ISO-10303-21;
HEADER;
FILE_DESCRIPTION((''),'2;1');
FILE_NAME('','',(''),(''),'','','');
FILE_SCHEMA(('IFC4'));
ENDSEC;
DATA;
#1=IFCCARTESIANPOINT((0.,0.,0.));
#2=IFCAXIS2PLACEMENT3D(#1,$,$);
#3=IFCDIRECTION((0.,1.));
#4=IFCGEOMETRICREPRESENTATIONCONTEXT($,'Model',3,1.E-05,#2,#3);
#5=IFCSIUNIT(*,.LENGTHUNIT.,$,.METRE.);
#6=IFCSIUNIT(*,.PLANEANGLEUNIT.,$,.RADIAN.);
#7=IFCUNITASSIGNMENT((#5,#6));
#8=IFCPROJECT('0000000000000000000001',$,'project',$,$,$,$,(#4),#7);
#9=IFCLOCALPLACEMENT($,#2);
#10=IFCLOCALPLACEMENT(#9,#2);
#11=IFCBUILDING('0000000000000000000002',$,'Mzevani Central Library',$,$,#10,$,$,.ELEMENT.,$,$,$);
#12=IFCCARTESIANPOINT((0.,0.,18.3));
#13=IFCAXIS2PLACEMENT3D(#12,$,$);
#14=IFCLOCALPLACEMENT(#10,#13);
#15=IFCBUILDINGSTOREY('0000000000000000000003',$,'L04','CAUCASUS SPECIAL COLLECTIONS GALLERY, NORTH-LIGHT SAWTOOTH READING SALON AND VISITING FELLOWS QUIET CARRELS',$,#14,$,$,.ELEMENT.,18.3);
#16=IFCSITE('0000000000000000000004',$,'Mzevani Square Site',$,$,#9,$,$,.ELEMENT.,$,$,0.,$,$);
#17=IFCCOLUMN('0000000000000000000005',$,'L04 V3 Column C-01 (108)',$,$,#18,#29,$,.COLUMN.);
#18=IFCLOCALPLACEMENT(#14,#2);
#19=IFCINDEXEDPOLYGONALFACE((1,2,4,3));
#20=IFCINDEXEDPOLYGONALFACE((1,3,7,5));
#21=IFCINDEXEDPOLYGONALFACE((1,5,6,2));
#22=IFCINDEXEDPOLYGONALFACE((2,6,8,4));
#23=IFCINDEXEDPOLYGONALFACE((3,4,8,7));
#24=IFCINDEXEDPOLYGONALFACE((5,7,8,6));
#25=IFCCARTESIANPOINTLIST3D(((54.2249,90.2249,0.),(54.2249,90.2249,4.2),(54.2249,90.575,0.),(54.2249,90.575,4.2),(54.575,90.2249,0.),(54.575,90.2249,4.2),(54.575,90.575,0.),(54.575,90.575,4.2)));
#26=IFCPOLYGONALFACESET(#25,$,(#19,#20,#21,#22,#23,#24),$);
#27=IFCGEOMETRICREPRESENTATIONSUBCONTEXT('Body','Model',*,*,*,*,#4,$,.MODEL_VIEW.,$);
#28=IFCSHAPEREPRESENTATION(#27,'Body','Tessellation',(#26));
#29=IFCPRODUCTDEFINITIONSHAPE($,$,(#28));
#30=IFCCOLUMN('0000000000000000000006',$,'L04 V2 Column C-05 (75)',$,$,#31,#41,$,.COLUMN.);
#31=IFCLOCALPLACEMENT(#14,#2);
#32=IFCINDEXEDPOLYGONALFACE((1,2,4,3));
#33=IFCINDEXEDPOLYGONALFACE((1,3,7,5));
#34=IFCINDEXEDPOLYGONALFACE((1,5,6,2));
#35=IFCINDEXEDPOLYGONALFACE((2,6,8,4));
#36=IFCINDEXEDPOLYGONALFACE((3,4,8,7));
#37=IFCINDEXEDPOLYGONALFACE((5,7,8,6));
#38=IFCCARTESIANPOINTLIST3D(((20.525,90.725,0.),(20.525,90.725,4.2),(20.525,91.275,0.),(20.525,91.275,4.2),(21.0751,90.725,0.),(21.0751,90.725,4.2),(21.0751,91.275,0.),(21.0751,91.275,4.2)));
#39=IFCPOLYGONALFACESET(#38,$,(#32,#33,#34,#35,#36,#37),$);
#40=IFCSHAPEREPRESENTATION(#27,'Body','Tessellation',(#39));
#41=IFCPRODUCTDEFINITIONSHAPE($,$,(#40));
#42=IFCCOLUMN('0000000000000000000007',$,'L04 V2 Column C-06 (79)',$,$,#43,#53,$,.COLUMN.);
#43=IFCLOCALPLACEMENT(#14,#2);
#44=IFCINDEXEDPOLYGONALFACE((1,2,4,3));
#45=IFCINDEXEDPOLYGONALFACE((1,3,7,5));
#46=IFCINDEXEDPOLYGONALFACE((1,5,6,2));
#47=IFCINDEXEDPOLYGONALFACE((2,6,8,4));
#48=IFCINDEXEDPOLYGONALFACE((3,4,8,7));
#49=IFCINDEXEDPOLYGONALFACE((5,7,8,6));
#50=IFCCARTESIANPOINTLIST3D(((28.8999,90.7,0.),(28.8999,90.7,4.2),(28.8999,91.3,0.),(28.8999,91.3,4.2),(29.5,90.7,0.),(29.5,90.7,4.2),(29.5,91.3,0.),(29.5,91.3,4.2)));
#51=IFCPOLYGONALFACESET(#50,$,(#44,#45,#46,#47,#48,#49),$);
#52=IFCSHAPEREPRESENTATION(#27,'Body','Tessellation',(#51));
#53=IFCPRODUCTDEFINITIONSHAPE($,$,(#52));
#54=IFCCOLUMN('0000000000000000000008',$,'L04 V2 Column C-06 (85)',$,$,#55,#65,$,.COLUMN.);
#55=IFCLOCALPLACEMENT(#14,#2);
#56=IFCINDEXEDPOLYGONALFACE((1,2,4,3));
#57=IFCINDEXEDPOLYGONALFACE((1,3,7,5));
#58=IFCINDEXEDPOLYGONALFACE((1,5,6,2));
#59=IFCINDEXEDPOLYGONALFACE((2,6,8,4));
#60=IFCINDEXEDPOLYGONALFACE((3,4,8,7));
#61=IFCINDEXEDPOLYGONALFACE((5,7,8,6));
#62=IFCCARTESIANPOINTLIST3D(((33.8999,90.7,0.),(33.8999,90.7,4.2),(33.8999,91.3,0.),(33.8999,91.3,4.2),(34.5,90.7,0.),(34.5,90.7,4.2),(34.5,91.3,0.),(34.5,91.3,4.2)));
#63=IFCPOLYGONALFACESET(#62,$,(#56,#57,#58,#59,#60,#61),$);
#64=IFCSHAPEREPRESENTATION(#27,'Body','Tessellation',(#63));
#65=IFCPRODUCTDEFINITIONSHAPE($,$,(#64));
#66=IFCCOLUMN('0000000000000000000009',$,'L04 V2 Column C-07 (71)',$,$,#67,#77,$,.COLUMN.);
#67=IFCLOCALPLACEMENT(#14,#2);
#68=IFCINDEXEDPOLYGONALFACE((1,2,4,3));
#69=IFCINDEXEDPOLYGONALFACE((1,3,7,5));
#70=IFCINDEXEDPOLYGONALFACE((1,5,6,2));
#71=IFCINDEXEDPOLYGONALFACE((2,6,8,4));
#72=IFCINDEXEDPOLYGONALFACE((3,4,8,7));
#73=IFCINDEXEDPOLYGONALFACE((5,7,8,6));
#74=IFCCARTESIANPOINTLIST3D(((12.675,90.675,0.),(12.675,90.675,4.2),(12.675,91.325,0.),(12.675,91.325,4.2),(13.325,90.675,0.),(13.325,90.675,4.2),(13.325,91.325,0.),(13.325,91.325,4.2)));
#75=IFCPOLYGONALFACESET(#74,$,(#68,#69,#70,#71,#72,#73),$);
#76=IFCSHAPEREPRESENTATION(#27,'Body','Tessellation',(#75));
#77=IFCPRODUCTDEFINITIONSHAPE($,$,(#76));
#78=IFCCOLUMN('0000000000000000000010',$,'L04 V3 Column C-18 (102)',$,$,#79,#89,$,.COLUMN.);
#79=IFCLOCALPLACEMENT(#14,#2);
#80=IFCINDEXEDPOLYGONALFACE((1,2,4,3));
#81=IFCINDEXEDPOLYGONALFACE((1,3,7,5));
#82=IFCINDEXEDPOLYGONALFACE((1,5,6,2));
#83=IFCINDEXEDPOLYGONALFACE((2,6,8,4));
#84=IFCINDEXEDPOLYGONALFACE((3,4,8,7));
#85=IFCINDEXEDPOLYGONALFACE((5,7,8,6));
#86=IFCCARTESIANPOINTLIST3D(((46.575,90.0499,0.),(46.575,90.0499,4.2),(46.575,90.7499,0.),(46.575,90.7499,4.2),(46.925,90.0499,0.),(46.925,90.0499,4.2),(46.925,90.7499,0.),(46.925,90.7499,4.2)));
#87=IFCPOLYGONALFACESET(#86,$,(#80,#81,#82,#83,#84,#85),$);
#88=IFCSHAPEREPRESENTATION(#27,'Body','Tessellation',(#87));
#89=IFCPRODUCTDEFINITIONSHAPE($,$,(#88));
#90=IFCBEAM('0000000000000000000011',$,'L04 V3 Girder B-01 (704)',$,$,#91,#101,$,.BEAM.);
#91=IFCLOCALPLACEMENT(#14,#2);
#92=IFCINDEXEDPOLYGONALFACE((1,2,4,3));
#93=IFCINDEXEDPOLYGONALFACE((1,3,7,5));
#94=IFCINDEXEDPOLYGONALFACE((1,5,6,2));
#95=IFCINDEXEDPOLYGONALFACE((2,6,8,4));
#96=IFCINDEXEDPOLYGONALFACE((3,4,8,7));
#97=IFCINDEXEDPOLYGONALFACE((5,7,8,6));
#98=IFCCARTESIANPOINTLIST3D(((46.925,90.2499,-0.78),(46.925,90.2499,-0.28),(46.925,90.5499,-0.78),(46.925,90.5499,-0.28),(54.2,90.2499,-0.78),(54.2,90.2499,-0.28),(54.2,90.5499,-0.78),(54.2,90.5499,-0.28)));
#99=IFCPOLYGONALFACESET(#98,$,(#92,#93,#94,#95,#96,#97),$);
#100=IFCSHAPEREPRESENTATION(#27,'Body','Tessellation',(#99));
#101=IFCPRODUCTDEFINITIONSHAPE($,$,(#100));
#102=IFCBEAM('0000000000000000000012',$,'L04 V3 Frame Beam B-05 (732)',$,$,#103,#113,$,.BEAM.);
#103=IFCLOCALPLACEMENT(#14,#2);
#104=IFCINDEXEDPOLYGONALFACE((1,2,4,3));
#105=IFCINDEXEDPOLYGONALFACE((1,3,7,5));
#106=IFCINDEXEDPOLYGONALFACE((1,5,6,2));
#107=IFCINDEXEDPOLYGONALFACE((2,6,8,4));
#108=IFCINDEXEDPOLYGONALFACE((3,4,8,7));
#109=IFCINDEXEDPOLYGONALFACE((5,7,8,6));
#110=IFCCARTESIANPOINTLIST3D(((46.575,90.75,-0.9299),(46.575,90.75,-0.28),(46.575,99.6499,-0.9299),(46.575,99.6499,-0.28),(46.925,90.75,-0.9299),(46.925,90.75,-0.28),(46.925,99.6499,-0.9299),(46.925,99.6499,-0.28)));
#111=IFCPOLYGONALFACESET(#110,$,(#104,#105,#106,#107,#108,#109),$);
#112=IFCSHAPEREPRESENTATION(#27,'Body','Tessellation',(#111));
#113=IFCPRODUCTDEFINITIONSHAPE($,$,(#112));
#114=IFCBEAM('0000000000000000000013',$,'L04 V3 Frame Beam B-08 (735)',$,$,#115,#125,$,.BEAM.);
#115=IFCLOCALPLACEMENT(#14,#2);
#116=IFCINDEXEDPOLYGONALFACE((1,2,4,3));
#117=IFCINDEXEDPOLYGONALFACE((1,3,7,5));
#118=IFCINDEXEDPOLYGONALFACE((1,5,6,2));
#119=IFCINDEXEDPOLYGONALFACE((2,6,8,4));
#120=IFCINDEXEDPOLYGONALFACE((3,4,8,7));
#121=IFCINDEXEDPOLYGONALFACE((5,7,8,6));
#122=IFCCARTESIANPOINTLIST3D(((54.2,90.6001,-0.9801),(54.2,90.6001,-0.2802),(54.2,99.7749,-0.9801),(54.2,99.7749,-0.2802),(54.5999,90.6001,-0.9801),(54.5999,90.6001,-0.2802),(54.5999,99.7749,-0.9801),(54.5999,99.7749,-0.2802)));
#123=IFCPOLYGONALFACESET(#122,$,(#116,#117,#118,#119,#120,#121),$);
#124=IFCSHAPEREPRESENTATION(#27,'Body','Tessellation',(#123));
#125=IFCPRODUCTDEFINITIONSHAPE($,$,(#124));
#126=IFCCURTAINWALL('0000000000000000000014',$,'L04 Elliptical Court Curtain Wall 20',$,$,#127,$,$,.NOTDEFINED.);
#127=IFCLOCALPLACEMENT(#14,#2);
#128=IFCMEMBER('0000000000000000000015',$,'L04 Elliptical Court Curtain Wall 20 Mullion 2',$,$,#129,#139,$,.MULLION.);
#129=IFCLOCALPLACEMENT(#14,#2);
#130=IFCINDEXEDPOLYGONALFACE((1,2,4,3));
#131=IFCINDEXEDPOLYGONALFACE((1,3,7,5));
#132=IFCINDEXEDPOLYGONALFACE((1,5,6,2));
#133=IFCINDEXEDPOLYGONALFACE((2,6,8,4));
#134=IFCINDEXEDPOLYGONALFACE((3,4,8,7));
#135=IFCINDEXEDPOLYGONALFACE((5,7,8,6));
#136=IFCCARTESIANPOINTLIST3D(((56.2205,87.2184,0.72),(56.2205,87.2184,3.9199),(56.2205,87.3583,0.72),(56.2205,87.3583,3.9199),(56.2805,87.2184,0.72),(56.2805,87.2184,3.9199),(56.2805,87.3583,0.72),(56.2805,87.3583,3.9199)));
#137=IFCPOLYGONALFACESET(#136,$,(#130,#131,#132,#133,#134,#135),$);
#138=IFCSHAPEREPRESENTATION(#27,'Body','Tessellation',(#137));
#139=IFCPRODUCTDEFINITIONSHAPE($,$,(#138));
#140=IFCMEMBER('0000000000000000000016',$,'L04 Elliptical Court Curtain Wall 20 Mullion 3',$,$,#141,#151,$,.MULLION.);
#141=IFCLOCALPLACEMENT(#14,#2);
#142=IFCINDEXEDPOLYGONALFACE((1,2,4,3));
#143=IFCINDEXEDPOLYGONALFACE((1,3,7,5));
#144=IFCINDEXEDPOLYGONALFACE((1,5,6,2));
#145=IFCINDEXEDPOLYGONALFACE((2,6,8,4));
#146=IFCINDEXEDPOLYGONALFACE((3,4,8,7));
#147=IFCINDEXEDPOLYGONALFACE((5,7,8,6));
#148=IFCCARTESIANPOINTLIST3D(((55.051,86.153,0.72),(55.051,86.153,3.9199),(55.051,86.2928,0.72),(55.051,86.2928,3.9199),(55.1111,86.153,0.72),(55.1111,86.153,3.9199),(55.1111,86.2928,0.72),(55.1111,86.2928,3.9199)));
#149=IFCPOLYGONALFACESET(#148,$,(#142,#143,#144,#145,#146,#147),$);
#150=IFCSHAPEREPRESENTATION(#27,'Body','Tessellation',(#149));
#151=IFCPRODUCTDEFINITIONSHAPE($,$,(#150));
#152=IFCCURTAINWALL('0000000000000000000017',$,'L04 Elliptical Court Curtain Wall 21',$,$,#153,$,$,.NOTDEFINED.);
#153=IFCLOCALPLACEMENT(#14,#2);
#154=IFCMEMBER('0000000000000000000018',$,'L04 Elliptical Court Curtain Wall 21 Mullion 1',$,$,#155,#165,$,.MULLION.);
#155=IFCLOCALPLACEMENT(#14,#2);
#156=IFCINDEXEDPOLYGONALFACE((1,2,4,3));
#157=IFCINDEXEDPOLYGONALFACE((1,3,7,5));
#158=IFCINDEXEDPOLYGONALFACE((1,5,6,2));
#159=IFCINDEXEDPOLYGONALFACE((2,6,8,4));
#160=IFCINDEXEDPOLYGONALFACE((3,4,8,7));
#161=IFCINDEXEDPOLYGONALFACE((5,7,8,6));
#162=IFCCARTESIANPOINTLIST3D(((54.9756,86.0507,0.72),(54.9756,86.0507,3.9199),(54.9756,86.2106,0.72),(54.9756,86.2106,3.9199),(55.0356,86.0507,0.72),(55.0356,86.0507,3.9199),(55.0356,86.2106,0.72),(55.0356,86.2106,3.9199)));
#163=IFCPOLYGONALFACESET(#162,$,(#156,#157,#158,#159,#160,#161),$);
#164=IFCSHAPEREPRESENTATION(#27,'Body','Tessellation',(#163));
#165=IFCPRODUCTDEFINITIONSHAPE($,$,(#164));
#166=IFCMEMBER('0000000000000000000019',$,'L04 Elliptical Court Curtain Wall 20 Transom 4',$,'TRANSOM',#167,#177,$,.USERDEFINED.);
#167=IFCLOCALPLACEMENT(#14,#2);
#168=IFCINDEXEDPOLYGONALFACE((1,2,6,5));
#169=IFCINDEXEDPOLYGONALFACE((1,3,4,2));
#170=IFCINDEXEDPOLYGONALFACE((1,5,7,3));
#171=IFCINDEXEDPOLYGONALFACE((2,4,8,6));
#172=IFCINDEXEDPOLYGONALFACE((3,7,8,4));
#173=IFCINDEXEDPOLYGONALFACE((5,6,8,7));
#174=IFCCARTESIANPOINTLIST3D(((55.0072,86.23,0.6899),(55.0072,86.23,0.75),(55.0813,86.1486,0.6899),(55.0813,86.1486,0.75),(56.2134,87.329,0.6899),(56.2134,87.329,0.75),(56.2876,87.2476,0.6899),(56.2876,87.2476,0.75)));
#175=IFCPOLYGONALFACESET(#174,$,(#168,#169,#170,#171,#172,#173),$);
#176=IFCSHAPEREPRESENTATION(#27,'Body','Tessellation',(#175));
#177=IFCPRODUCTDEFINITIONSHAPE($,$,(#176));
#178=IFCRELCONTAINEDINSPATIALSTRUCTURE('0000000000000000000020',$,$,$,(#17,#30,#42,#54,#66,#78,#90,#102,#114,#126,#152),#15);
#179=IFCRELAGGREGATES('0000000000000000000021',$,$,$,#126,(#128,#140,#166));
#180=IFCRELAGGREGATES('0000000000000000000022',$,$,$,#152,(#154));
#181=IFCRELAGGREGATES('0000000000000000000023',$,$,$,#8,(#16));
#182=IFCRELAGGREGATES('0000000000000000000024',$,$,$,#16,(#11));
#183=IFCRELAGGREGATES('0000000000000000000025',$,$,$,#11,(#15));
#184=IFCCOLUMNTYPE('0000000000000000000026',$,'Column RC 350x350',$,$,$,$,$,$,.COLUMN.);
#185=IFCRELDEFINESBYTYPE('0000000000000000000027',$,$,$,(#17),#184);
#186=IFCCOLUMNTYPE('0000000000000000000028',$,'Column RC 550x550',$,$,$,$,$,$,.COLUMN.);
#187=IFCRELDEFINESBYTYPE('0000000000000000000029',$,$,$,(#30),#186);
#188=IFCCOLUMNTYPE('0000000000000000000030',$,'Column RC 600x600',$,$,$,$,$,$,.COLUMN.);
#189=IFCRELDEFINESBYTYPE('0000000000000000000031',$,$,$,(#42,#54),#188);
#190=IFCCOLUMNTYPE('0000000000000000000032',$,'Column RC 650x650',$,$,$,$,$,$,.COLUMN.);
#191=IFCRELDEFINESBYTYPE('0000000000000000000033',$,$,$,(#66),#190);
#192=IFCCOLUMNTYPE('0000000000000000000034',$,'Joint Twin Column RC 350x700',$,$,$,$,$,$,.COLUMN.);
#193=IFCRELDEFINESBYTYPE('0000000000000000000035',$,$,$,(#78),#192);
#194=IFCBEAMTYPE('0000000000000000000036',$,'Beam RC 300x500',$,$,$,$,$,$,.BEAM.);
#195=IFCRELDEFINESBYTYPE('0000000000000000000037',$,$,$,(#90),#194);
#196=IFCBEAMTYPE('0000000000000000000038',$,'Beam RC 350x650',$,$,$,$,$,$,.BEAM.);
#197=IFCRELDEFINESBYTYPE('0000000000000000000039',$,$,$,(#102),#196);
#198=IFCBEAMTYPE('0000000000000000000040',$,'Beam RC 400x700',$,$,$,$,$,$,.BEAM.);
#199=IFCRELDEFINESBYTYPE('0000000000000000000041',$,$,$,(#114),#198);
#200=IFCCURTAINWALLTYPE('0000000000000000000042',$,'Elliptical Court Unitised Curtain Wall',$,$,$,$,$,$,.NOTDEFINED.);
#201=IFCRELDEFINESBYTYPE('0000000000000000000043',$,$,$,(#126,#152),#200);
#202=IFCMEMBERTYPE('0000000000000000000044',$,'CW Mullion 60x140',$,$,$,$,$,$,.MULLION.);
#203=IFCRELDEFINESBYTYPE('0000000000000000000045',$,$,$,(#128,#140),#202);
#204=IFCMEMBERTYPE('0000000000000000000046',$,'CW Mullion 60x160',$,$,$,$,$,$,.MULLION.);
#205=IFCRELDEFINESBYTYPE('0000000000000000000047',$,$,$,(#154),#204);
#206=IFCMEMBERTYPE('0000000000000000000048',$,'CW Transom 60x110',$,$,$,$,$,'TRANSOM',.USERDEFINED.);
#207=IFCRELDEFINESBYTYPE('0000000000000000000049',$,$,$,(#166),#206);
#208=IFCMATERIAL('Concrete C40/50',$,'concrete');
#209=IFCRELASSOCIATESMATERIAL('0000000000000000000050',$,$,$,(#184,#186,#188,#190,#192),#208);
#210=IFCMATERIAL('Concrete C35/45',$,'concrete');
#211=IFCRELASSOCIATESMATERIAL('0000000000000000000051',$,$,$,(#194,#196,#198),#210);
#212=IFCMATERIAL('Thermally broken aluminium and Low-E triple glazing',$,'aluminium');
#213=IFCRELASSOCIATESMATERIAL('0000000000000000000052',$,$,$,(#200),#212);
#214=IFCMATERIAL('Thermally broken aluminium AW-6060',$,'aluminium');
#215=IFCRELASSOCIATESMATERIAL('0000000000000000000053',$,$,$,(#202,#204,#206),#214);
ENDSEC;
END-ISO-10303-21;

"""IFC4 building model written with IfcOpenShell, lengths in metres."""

from ifc_helpers import new_model, si_unit, direction, frame, origin, origin_2d, place, context, subcontext, project, spatial, rectangle, extrude, material, material_profile, profile_set, type_object, element, aggregate, save


model = new_model("IFC4")

# Units and contexts
model_context = context("Model", 3, precision=1e-05, world=origin(), true_north=direction((0.0, 1.0)))
body_context = subcontext(model_context, "Body", "Model", "MODEL_VIEW")
ifc_project = project(units=[si_unit("LENGTHUNIT", "METRE"), si_unit("PLANEANGLEUNIT", "RADIAN")], contexts=[model_context])

# Site, building, storey
site_placement = place(None, origin())
site = spatial("IfcSite", under=ifc_project, at=site_placement, Name="Mzevani Square Site", CompositionType="ELEMENT", RefElevation=0.0)
building_placement = place(site_placement, origin())
building = spatial("IfcBuilding", under=site, at=building_placement, Name="Mzevani Central Library", CompositionType="ELEMENT")
storey_placement = place(building_placement, frame((0.0, 0.0, 18.3)))
storey = spatial("IfcBuildingStorey", under=building, at=storey_placement, Name="L04", Description="CAUCASUS SPECIAL COLLECTIONS GALLERY, NORTH-LIGHT SAWTOOTH READING SALON AND VISITING FELLOWS QUIET CARRELS", CompositionType="ELEMENT", Elevation=18.3)

# Columns
ifc_material_1 = material(Name="Concrete C40/50", Category="concrete")
ifc_material_profile_1 = material_profile(ifc_material_1, rectangle(XDim=0.3501, YDim=0.3501, at=origin_2d()), Name="RC 350x350")
ifc_profile_set_1 = profile_set([ifc_material_profile_1], Name="Concrete C40/50")
column_type_1 = type_object("IfcColumnType", Name="Column RC 350x350", PredefinedType="COLUMN", material=ifc_profile_set_1)
column_1_placement = place(storey_placement, frame((54.3999, 90.3999, 0.0), z_axis=(0.0, 0.0, 1.0), x_axis=(1.0, 0.0, 0.0)))
element("IfcColumn", 1, at=column_1_placement, inside=storey, type_object=column_type_1, Name="L04 V3 Column C-01 (108)", PredefinedType="COLUMN", context=body_context, shape_type="SweptSolid", body=[
    extrude(rectangle(XDim=0.3501, YDim=0.3501, at=origin_2d()), origin(), (0.0, 0.0, 1.0), 4.2),
])
ifc_material_profile_2 = material_profile(ifc_material_1, rectangle(XDim=0.55, YDim=0.55, at=origin_2d()), Name="RC 550x550")
ifc_profile_set_2 = profile_set([ifc_material_profile_2], Name="Concrete C40/50")
column_type_2 = type_object("IfcColumnType", Name="Column RC 550x550", PredefinedType="COLUMN", material=ifc_profile_set_2)
column_2_placement = place(storey_placement, frame((20.8, 91.0, 0.0), z_axis=(0.0, 0.0, 1.0), x_axis=(1.0, 0.0, 0.0)))
element("IfcColumn", 2, at=column_2_placement, inside=storey, type_object=column_type_2, Name="L04 V2 Column C-05 (75)", PredefinedType="COLUMN", context=body_context, shape_type="SweptSolid", body=[
    extrude(rectangle(XDim=0.55, YDim=0.55, at=origin_2d()), origin(), (0.0, 0.0, 1.0), 4.2),
])
ifc_material_profile_3 = material_profile(ifc_material_1, rectangle(XDim=0.6001, YDim=0.6001, at=origin_2d()), Name="RC 600x600")
ifc_profile_set_3 = profile_set([ifc_material_profile_3], Name="Concrete C40/50")
column_type_3 = type_object("IfcColumnType", Name="Column RC 600x600", PredefinedType="COLUMN", material=ifc_profile_set_3)
for number, where, z_axis, x_axis, name in (
    (3, (29.2, 91.0, 0.0), (0.0, 0.0, 1.0), (1.0, 0.0, 0.0), "L04 V2 Column C-06 (79)"),
    (4, (34.2, 91.0, 0.0), (0.0, 0.0, 1.0), (1.0, 0.0, 0.0), "L04 V2 Column C-06 (85)"),
):
    element("IfcColumn", number, at=place(storey_placement, frame(where, z_axis=z_axis, x_axis=x_axis)), inside=storey, type_object=column_type_3, Name=name, PredefinedType="COLUMN", context=body_context, shape_type="SweptSolid", body=[
        extrude(rectangle(XDim=0.6001, YDim=0.6001, at=origin_2d()), origin(), (0.0, 0.0, 1.0), 4.2),
    ])
ifc_material_profile_4 = material_profile(ifc_material_1, rectangle(XDim=0.6499, YDim=0.6499, at=origin_2d()), Name="RC 650x650")
ifc_profile_set_4 = profile_set([ifc_material_profile_4], Name="Concrete C40/50")
column_type_4 = type_object("IfcColumnType", Name="Column RC 650x650", PredefinedType="COLUMN", material=ifc_profile_set_4)
column_3_placement = place(storey_placement, frame((13.0, 91.0, 0.0), z_axis=(0.0, 0.0, 1.0), x_axis=(1.0, 0.0, 0.0)))
element("IfcColumn", 5, at=column_3_placement, inside=storey, type_object=column_type_4, Name="L04 V2 Column C-07 (71)", PredefinedType="COLUMN", context=body_context, shape_type="SweptSolid", body=[
    extrude(rectangle(XDim=0.6499, YDim=0.6499, at=origin_2d()), origin(), (0.0, 0.0, 1.0), 4.2),
])
ifc_material_profile_5 = material_profile(ifc_material_1, rectangle(XDim=0.3501, YDim=0.7, at=origin_2d()), Name="RC 350x700")
ifc_profile_set_5 = profile_set([ifc_material_profile_5], Name="Concrete C40/50")
column_type_5 = type_object("IfcColumnType", Name="Joint Twin Column RC 350x700", PredefinedType="COLUMN", material=ifc_profile_set_5)
column_4_placement = place(storey_placement, frame((46.75, 90.3999, 0.0), z_axis=(0.0, 0.0, 1.0), x_axis=(1.0, 0.0, 0.0)))
element("IfcColumn", 6, at=column_4_placement, inside=storey, type_object=column_type_5, Name="L04 V3 Column C-18 (102)", PredefinedType="COLUMN", context=body_context, shape_type="SweptSolid", body=[
    extrude(rectangle(XDim=0.3501, YDim=0.7, at=origin_2d()), origin(), (0.0, 0.0, 1.0), 4.2),
])

# Beams
ifc_material_2 = material(Name="Concrete C35/45", Category="concrete")
ifc_material_profile_6 = material_profile(ifc_material_2, rectangle(XDim=0.3, YDim=0.5, at=origin_2d()), Name="RC B300x500")
ifc_profile_set_6 = profile_set([ifc_material_profile_6], Name="Concrete C35/45")
beam_type_1 = type_object("IfcBeamType", Name="Beam RC 300x500", PredefinedType="BEAM", material=ifc_profile_set_6)
beam_1_placement = place(storey_placement, frame((46.925, 90.3999, -0.53), z_axis=(1.0, 0.0, 0.0), x_axis=(0.0, 1.0, 0.0)))
element("IfcBeam", 7, at=beam_1_placement, inside=storey, type_object=beam_type_1, Name="L04 V3 Girder B-01 (704)", PredefinedType="BEAM", context=body_context, shape_type="SweptSolid", body=[
    extrude(rectangle(XDim=0.3, YDim=0.5, at=origin_2d()), origin(), (0.0, 0.0, 1.0), 7.2749),
])
ifc_material_profile_7 = material_profile(ifc_material_2, rectangle(XDim=0.3501, YDim=0.6499, at=origin_2d()), Name="RC B350x650")
ifc_profile_set_7 = profile_set([ifc_material_profile_7], Name="Concrete C35/45")
beam_type_2 = type_object("IfcBeamType", Name="Beam RC 350x650", PredefinedType="BEAM", material=ifc_profile_set_7)
beam_2_placement = place(storey_placement, frame((46.75, 90.75, -0.605), z_axis=(0.0, 1.0, 0.0), x_axis=(-1.0, 0.0, 0.0)))
element("IfcBeam", 8, at=beam_2_placement, inside=storey, type_object=beam_type_2, Name="L04 V3 Frame Beam B-05 (732)", PredefinedType="BEAM", context=body_context, shape_type="SweptSolid", body=[
    extrude(rectangle(XDim=0.3501, YDim=0.6499, at=origin_2d()), origin(), (0.0, 0.0, 1.0), 8.8999),
])
ifc_material_profile_8 = material_profile(ifc_material_2, rectangle(XDim=0.3999, YDim=0.7, at=origin_2d()), Name="RC B400x700")
ifc_profile_set_8 = profile_set([ifc_material_profile_8], Name="Concrete C35/45")
beam_type_3 = type_object("IfcBeamType", Name="Beam RC 400x700", PredefinedType="BEAM", material=ifc_profile_set_8)
beam_3_placement = place(storey_placement, frame((54.3999, 90.6001, -0.6301), z_axis=(0.0, 1.0, 0.0), x_axis=(-1.0, 0.0, 0.0)))
element("IfcBeam", 9, at=beam_3_placement, inside=storey, type_object=beam_type_3, Name="L04 V3 Frame Beam B-08 (735)", PredefinedType="BEAM", context=body_context, shape_type="SweptSolid", body=[
    extrude(rectangle(XDim=0.3999, YDim=0.7, at=origin_2d()), origin(), (0.0, 0.0, 1.0), 9.1748),
])

# Curtain wall, members
ifc_material_3 = material(Name="Thermally broken aluminium and Low-E triple glazing", Category="aluminium")
curtain_wall_type = type_object("IfcCurtainWallType", Name="Elliptical Court Unitised Curtain Wall", PredefinedType="NOTDEFINED", material=ifc_material_3)
curtain_wall_1_placement = place(storey_placement, origin())
curtain_wall_1 = element("IfcCurtainWall", 10, at=curtain_wall_1_placement, inside=storey, type_object=curtain_wall_type, Name="L04 Elliptical Court Curtain Wall 20", PredefinedType="NOTDEFINED")
ifc_material_4 = material(Name="Thermally broken aluminium AW-6060", Category="aluminium")
ifc_material_profile_9 = material_profile(ifc_material_4, rectangle(XDim=0.0601, YDim=0.1399, at=origin_2d()), Name="ALU M60x140")
ifc_profile_set_9 = profile_set([ifc_material_profile_9], Name="Thermally broken aluminium AW-6060")
member_type_1 = type_object("IfcMemberType", Name="CW Mullion 60x140", PredefinedType="MULLION", material=ifc_profile_set_9)
member_1_placement = place(storey_placement, frame((56.2505, 87.2883, 0.72), z_axis=(0.0, 0.0, 1.0), x_axis=(1.0, 0.0, 0.0)))
member_1 = element("IfcMember", 11, at=member_1_placement, type_object=member_type_1, Name="L04 Elliptical Court Curtain Wall 20 Mullion 2", PredefinedType="MULLION", context=body_context, shape_type="SweptSolid", body=[
    extrude(rectangle(XDim=0.0601, YDim=0.1399, at=origin_2d()), origin(), (0.0, 0.0, 1.0), 3.2),
])
member_2_placement = place(storey_placement, frame((55.0811, 86.2229, 0.72), z_axis=(0.0, 0.0, 1.0), x_axis=(1.0, 0.0, 0.0)))
member_2 = element("IfcMember", 12, at=member_2_placement, type_object=member_type_1, Name="L04 Elliptical Court Curtain Wall 20 Mullion 3", PredefinedType="MULLION", context=body_context, shape_type="SweptSolid", body=[
    extrude(rectangle(XDim=0.0601, YDim=0.1399, at=origin_2d()), origin(), (0.0, 0.0, 1.0), 3.2),
])

# Curtain wall, member
curtain_wall_2_placement = place(storey_placement, origin())
curtain_wall_2 = element("IfcCurtainWall", 13, at=curtain_wall_2_placement, inside=storey, type_object=curtain_wall_type, Name="L04 Elliptical Court Curtain Wall 21", PredefinedType="NOTDEFINED")
ifc_material_profile_10 = material_profile(ifc_material_4, rectangle(XDim=0.0601, YDim=0.1599, at=origin_2d()), Name="ALU M60x160")
ifc_profile_set_10 = profile_set([ifc_material_profile_10], Name="Thermally broken aluminium AW-6060")
member_type_2 = type_object("IfcMemberType", Name="CW Mullion 60x160", PredefinedType="MULLION", material=ifc_profile_set_10)
member_3_placement = place(storey_placement, frame((55.0056, 86.1306, 0.72), z_axis=(0.0, 0.0, 1.0), x_axis=(1.0, 0.0, 0.0)))
member_3 = element("IfcMember", 14, at=member_3_placement, type_object=member_type_2, Name="L04 Elliptical Court Curtain Wall 21 Mullion 1", PredefinedType="MULLION", context=body_context, shape_type="SweptSolid", body=[
    extrude(rectangle(XDim=0.0601, YDim=0.1599, at=origin_2d()), origin(), (0.0, 0.0, 1.0), 3.2),
])

# Member
ifc_material_profile_11 = material_profile(ifc_material_4, rectangle(XDim=0.1101, YDim=0.0601, at=origin_2d()), Name="ALU T60x110")
ifc_profile_set_11 = profile_set([ifc_material_profile_11], Name="Thermally broken aluminium AW-6060")
member_type_3 = type_object("IfcMemberType", Name="CW Transom 60x110", ElementType="TRANSOM", PredefinedType="USERDEFINED", material=ifc_profile_set_11)
member_4_placement = place(storey_placement, frame((56.2505, 87.2883, 0.72), z_axis=(-0.739181, -0.673506, 0.0), x_axis=(0.673506, -0.739181, 0.0)))
member_4 = element("IfcMember", 15, at=member_4_placement, type_object=member_type_3, Name="L04 Elliptical Court Curtain Wall 20 Transom 4", ObjectType="TRANSOM", PredefinedType="USERDEFINED", context=body_context, shape_type="SweptSolid", body=[
    extrude(rectangle(XDim=0.1101, YDim=0.0601, at=origin_2d()), origin(), (0.0, 0.0, 1.0), 1.6318),
])

aggregate(curtain_wall_1, [member_1, member_2, member_4])
aggregate(curtain_wall_2, [member_3])

save(model, "model.ifc")
